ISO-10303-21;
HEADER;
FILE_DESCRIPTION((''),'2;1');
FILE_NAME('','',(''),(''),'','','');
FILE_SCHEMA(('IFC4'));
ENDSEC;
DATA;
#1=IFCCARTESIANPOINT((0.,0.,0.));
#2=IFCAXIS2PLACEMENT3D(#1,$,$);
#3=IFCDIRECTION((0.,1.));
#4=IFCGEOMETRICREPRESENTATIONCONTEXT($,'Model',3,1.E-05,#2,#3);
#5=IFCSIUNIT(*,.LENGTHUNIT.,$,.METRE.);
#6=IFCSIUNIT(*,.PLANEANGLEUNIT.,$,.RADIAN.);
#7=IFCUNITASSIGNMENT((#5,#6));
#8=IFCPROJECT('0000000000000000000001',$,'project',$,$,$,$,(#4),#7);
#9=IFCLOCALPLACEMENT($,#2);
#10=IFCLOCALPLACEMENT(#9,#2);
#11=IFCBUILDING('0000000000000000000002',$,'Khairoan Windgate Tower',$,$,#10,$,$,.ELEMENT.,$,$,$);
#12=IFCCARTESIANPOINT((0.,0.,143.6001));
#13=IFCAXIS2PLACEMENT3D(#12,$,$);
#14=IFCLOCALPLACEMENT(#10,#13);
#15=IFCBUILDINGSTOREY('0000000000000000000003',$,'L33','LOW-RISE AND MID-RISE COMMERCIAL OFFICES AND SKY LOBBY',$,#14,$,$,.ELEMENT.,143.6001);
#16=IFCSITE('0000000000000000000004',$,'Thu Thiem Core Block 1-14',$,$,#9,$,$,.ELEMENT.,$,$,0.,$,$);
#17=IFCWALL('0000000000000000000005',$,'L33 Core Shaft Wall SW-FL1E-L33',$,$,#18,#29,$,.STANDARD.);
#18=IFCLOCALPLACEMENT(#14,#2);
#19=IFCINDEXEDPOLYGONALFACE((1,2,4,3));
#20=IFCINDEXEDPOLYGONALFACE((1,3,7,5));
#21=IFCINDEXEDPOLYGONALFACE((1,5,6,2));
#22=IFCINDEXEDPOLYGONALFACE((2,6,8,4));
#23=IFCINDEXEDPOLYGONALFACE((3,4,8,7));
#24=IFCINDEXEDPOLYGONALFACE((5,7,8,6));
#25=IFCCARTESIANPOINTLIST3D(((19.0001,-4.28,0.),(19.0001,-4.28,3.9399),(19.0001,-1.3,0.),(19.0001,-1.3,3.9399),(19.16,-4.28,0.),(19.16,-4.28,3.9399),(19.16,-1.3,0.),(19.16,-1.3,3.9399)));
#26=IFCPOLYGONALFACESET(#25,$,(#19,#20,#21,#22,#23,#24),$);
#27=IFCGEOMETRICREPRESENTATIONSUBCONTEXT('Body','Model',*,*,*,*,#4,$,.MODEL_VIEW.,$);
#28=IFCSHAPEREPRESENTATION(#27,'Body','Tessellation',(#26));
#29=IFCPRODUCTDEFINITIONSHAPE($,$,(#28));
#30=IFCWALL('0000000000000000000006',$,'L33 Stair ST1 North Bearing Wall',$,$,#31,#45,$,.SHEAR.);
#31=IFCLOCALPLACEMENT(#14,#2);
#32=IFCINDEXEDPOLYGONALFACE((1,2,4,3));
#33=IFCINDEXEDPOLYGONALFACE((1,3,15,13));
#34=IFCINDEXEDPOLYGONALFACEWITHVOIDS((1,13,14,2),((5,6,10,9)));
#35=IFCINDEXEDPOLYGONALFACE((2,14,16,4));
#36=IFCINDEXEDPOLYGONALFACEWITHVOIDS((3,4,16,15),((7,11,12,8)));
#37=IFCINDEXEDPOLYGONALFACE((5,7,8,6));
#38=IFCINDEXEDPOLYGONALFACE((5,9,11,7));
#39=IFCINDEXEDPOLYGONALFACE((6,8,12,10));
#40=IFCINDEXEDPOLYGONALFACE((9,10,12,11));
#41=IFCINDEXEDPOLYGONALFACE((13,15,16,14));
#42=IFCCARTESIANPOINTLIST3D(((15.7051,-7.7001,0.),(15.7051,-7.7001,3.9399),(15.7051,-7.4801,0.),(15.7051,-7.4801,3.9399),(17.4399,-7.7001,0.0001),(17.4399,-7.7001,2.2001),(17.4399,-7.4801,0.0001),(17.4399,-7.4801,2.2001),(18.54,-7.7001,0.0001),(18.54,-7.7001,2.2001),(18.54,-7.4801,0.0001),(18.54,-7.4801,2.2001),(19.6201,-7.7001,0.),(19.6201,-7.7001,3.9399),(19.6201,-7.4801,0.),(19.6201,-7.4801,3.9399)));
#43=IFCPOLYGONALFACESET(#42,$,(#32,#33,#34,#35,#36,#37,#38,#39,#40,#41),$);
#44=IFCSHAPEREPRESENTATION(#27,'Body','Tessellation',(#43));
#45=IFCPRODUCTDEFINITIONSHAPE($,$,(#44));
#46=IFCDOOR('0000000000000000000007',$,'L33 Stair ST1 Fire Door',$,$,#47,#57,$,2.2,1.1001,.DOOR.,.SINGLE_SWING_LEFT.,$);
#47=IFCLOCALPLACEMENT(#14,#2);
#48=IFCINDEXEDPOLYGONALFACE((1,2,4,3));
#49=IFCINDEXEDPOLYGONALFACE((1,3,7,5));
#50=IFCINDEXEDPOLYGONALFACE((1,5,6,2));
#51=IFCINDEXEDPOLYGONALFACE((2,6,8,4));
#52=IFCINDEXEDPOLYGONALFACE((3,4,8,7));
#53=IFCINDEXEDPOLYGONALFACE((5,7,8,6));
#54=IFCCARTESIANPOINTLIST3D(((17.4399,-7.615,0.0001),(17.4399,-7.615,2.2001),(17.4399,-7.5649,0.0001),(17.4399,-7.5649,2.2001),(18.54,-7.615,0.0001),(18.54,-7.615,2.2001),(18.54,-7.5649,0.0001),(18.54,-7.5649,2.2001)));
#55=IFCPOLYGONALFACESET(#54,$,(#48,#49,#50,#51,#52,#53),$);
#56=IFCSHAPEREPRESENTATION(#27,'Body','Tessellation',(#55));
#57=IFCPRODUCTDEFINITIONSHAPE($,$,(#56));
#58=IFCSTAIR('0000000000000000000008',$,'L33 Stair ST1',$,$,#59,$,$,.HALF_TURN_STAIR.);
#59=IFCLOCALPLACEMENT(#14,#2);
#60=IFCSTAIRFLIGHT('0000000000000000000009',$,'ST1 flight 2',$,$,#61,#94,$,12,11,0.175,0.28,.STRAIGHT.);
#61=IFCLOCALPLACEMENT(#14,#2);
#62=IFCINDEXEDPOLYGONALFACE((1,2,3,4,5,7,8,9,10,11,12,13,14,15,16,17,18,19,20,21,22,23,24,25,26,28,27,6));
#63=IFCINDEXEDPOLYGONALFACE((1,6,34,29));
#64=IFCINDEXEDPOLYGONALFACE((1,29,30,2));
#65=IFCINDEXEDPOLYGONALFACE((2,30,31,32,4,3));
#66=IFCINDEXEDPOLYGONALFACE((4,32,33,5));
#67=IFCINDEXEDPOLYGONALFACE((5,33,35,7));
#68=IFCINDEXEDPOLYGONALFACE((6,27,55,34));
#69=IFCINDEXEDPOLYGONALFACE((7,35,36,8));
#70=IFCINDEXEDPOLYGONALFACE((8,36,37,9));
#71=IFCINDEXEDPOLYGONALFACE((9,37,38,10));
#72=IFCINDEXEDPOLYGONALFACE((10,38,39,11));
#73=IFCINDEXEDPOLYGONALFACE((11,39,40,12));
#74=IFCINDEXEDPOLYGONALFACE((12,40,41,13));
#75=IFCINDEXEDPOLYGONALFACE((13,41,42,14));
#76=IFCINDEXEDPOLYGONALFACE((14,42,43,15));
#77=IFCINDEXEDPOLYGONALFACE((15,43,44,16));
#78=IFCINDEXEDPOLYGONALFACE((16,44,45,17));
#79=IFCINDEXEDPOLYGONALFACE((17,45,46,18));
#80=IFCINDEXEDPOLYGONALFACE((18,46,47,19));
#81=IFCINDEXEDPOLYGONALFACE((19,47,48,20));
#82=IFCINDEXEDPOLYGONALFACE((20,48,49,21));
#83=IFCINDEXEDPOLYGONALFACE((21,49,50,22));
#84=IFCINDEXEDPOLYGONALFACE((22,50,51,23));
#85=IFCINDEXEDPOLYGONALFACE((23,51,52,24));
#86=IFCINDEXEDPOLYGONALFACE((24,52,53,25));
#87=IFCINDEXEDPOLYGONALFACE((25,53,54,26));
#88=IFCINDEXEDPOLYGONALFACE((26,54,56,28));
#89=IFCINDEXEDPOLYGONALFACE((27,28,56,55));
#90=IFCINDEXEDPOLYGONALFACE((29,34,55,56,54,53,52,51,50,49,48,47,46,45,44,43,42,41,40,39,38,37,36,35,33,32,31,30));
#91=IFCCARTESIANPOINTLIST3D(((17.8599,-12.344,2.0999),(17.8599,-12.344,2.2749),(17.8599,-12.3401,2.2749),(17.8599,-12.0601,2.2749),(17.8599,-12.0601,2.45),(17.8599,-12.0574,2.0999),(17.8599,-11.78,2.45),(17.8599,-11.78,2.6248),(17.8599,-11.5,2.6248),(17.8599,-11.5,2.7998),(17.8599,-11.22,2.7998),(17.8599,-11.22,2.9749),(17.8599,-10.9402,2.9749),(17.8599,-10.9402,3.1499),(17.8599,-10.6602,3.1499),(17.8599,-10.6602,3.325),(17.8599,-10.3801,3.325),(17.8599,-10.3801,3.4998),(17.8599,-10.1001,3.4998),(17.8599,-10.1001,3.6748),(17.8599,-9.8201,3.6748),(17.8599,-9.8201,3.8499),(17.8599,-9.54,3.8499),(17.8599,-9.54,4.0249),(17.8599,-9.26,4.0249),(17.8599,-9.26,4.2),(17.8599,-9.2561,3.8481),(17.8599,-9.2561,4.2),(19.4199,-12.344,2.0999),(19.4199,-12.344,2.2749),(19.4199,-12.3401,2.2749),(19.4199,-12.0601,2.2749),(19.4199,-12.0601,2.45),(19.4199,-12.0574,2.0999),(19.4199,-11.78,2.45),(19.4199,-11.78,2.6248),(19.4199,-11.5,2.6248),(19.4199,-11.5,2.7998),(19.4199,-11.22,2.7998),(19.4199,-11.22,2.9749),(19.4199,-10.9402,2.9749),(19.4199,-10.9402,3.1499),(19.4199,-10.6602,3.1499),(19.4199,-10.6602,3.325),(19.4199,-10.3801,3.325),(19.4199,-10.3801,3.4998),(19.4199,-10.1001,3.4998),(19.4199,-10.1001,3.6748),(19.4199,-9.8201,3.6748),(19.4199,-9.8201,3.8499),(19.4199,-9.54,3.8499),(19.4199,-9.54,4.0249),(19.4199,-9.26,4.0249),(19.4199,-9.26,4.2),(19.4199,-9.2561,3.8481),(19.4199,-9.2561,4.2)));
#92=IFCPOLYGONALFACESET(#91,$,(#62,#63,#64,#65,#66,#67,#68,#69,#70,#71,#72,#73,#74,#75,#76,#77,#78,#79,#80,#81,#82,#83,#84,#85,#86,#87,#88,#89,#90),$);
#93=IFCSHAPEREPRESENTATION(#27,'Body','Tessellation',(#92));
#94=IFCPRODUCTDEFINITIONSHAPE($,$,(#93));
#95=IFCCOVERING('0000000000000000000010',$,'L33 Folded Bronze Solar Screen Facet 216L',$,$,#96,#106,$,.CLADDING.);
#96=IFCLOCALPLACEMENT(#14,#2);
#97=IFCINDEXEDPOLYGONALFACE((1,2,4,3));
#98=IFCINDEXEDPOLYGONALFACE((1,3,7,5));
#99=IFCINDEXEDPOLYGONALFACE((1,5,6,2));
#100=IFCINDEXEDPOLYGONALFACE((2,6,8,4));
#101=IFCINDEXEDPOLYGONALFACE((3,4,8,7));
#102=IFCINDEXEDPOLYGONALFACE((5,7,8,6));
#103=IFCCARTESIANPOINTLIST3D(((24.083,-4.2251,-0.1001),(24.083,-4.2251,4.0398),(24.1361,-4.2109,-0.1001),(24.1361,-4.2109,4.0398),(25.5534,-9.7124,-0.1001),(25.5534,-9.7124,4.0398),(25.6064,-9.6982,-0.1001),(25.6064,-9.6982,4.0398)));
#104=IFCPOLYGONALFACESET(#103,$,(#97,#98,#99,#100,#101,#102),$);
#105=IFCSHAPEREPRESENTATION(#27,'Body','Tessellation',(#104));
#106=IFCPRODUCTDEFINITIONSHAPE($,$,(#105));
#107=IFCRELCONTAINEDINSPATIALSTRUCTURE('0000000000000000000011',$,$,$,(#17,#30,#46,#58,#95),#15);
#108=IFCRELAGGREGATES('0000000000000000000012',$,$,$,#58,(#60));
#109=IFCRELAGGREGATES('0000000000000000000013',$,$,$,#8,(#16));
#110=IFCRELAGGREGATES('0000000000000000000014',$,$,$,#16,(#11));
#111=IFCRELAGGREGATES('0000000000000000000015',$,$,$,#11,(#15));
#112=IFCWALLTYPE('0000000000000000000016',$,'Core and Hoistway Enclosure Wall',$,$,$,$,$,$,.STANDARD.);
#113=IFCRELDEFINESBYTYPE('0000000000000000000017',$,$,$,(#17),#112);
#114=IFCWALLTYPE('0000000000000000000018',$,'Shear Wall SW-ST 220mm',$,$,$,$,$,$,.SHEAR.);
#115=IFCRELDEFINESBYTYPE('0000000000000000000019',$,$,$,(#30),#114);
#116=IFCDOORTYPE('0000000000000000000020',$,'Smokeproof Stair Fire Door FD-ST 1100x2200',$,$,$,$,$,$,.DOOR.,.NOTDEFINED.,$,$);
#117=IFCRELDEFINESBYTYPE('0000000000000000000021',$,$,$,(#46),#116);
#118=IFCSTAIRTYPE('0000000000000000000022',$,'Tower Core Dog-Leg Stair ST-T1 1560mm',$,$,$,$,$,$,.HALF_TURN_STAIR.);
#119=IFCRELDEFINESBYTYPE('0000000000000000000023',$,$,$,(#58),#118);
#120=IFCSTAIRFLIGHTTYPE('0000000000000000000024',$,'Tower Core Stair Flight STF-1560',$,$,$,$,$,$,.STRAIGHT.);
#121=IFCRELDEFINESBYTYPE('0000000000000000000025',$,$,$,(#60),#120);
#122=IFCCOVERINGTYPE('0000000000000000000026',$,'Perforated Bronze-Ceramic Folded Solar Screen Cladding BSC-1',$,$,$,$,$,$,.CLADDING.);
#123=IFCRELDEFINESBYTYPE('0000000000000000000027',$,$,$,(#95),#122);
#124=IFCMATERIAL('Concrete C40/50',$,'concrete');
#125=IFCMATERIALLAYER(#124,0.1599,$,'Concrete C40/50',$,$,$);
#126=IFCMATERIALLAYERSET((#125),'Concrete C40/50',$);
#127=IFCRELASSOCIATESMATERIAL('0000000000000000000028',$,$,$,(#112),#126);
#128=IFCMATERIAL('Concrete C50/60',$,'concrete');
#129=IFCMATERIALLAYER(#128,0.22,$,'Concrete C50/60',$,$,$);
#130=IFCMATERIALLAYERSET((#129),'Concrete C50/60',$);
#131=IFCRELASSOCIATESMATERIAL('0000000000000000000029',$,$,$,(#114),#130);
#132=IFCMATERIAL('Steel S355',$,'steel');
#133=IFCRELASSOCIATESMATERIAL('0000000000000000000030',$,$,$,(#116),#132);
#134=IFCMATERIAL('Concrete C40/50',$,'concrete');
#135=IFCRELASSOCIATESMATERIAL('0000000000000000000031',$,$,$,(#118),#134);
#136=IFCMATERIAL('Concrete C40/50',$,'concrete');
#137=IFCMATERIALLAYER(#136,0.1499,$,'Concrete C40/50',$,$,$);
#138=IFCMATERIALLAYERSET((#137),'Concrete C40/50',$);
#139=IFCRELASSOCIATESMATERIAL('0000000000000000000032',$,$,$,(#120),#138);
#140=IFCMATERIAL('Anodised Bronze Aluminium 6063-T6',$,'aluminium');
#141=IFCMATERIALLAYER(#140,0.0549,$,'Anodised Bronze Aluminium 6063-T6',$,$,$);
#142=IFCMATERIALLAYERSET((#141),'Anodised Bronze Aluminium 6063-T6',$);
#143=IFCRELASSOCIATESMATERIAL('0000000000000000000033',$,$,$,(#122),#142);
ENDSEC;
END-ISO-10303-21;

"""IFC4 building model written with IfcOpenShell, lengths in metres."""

from ifc_helpers import new_model, si_unit, direction, frame, frame_2d, origin, origin_2d, place, context, subcontext, project, spatial, polyline, rectangle, outline, extrude, material, layer, layer_set, type_object, element, fill, aggregate, save


model = new_model("IFC4")

# Units and contexts
model_context = context("Model", 3, precision=1e-05, world=origin(), true_north=direction((0.0, 1.0)))
body_context = subcontext(model_context, "Body", "Model", "MODEL_VIEW")
ifc_project = project(units=[si_unit("LENGTHUNIT", "METRE"), si_unit("PLANEANGLEUNIT", "RADIAN")], contexts=[model_context])

# Site, building, storey
site_placement = place(None, origin())
site = spatial("IfcSite", under=ifc_project, at=site_placement, Name="Thu Thiem Core Block 1-14", CompositionType="ELEMENT", RefElevation=0.0)
building_placement = place(site_placement, origin())
building = spatial("IfcBuilding", under=site, at=building_placement, Name="Khairoan Windgate Tower", CompositionType="ELEMENT")
storey_placement = place(building_placement, frame((0.0, 0.0, 143.6001)))
storey = spatial("IfcBuildingStorey", under=building, at=storey_placement, Name="L33", Description="LOW-RISE AND MID-RISE COMMERCIAL OFFICES AND SKY LOBBY", CompositionType="ELEMENT", Elevation=143.6001)

# Wall
ifc_material_1 = material(Name="Concrete C40/50", Category="concrete")
ifc_layer_1 = layer(ifc_material_1, 0.1599, Name="Concrete C40/50")
ifc_layer_set_1 = layer_set([ifc_layer_1], Name="Concrete C40/50")
wall_type_1 = type_object("IfcWallType", Name="Core and Hoistway Enclosure Wall", PredefinedType="STANDARD", material=ifc_layer_set_1)
wall_1_placement = place(storey_placement, frame((19.0801, -4.28, 0.0), z_axis=(0.0, 0.0, 1.0), x_axis=(0.0, 1.0, 0.0)))
element("IfcWall", 1, at=wall_1_placement, inside=storey, type_object=wall_type_1, Name="L33 Core Shaft Wall SW-FL1E-L33", PredefinedType="STANDARD", context=body_context, shape_type="SweptSolid", body=[
    extrude(rectangle(XDim=2.98, YDim=0.1599, at=frame_2d((1.49, 0.0))), origin(), (0.0, 0.0, 1.0), 3.9399),
])

# Wall, opening, door
ifc_material_2 = material(Name="Concrete C50/60", Category="concrete")
ifc_layer_2 = layer(ifc_material_2, 0.22, Name="Concrete C50/60")
ifc_layer_set_2 = layer_set([ifc_layer_2], Name="Concrete C50/60")
wall_type_2 = type_object("IfcWallType", Name="Shear Wall SW-ST 220mm", PredefinedType="SHEAR", material=ifc_layer_set_2)
wall_2_placement = place(storey_placement, frame((19.6201, -7.5901, 0.0), z_axis=(0.0, 0.0, 1.0), x_axis=(-1.0, 0.0, 0.0)))
wall_2 = element("IfcWall", 2, at=wall_2_placement, inside=storey, type_object=wall_type_2, Name="L33 Stair ST1 North Bearing Wall", PredefinedType="SHEAR", context=body_context, shape_type="SweptSolid", body=[
    extrude(rectangle(XDim=3.915, YDim=0.22, at=frame_2d((1.9575, 0.0))), origin(), (0.0, 0.0, 1.0), 3.9399),
])
opening_placement = place(wall_2_placement, frame((1.0801, 0.0, 0.0)))
opening = element("IfcOpeningElement", 3, at=opening_placement, cuts=wall_2, PredefinedType="OPENING", context=body_context, shape_type="SweptSolid", body=[
    extrude(rectangle(XDim=1.1001, YDim=2.2, at=frame_2d((0.55, 1.1001))), frame((0.0, 0.1199, 0.0), z_axis=(0.0, -1.0, 0.0), x_axis=(1.0, 0.0, 0.0)), (0.0, 0.0, 1.0), 0.24),
])
ifc_material_3 = material(Name="Steel S355", Category="steel")
door_type = type_object("IfcDoorType", Name="Smokeproof Stair Fire Door FD-ST 1100x2200", OperationType="NOTDEFINED", PredefinedType="DOOR", material=ifc_material_3)
door_placement = place(opening_placement, origin())
door = element("IfcDoor", 4, at=door_placement, inside=storey, type_object=door_type, Name="L33 Stair ST1 Fire Door", OperationType="SINGLE_SWING_LEFT", OverallHeight=2.2, OverallWidth=1.1001, PredefinedType="DOOR", context=body_context, shape_type="SweptSolid", body=[
    extrude(rectangle(XDim=1.1001, YDim=2.2, at=frame_2d((0.55, 1.1001))), frame((0.0, 0.0249, 0.0), z_axis=(0.0, -1.0, 0.0), x_axis=(1.0, 0.0, 0.0)), (0.0, 0.0, 1.0), 0.05),
])
fill(opening, door)

# Stair, stair flight
ifc_material_4 = material(Name="Concrete C40/50", Category="concrete")
stair_type = type_object("IfcStairType", Name="Tower Core Dog-Leg Stair ST-T1 1560mm", PredefinedType="HALF_TURN_STAIR", material=ifc_material_4)
stair_placement = place(storey_placement, origin())
stair = element("IfcStair", 5, at=stair_placement, inside=storey, type_object=stair_type, Name="L33 Stair ST1", PredefinedType="HALF_TURN_STAIR")
ifc_material_5 = material(Name="Concrete C40/50", Category="concrete")
ifc_layer_3 = layer(ifc_material_5, 0.1499, Name="Concrete C40/50")
ifc_layer_set_3 = layer_set([ifc_layer_3], Name="Concrete C40/50")
stair_flight_type = type_object("IfcStairFlightType", Name="Tower Core Stair Flight STF-1560", PredefinedType="STRAIGHT", material=ifc_layer_set_3)
stair_flight_placement = place(storey_placement, frame((18.6399, -12.3401, 2.0999), z_axis=(0.0, 0.0, 1.0), x_axis=(0.0, 1.0, 0.0)))
stair_flight = element("IfcStairFlight", 6, at=stair_flight_placement, type_object=stair_flight_type, Name="ST1 flight 2", NumberOfRisers=12, NumberOfTreads=11, PredefinedType="STRAIGHT", RiserHeight=0.175, TreadLength=0.28, context=body_context, shape_type="SweptSolid", body=[
    extrude(outline(polyline([(-0.0039, 0.0), (-0.0039, 0.175), (0.0, 0.175), (0.28, 0.175), (0.28, 0.3501), (0.5601, 0.3501), (0.5601, 0.5249), (0.8401, 0.5249), (0.8401, 0.7), (1.1201, 0.7), (1.1201, 0.875), (1.3999, 0.875), (1.3999, 1.05), (1.6799, 1.05), (1.6799, 1.2251), (1.96, 1.2251), (1.96, 1.3999), (2.24, 1.3999), (2.24, 1.575), (2.52, 1.575), (2.52, 1.75), (2.8, 1.75), (2.8, 1.925), (3.0801, 1.925), (3.0801, 2.1001), (3.084, 2.1001), (3.084, 1.7483), (0.2827, 0.0), (-0.0039, 0.0)])), frame((0.0, 0.78, 0.0), z_axis=(0.0, -1.0, 0.0), x_axis=(1.0, 0.0, 0.0)), (0.0, 0.0, 1.0), 1.5601),
])
aggregate(stair, [stair_flight])

# Covering
ifc_material_6 = material(Name="Anodised Bronze Aluminium 6063-T6", Category="aluminium")
ifc_layer_4 = layer(ifc_material_6, 0.0549, Name="Anodised Bronze Aluminium 6063-T6")
ifc_layer_set_4 = layer_set([ifc_layer_4], Name="Anodised Bronze Aluminium 6063-T6")
covering_type = type_object("IfcCoveringType", Name="Perforated Bronze-Ceramic Folded Solar Screen Cladding BSC-1", PredefinedType="CLADDING", material=ifc_layer_set_4)
covering_placement = place(storey_placement, frame((24.8447, -6.9617, -0.1001), z_axis=(0.0, 0.0, 1.0), x_axis=(0.258819, -0.965926, 0.0)))
element("IfcCovering", 7, at=covering_placement, inside=storey, type_object=covering_type, Name="L33 Folded Bronze Solar Screen Facet 216L", PredefinedType="CLADDING", context=body_context, shape_type="SweptSolid", body=[
    extrude(rectangle(XDim=5.6809, YDim=0.0549, at=origin_2d()), origin(), (0.0, 0.0, 1.0), 4.1399),
])

save(model, "model.ifc")
